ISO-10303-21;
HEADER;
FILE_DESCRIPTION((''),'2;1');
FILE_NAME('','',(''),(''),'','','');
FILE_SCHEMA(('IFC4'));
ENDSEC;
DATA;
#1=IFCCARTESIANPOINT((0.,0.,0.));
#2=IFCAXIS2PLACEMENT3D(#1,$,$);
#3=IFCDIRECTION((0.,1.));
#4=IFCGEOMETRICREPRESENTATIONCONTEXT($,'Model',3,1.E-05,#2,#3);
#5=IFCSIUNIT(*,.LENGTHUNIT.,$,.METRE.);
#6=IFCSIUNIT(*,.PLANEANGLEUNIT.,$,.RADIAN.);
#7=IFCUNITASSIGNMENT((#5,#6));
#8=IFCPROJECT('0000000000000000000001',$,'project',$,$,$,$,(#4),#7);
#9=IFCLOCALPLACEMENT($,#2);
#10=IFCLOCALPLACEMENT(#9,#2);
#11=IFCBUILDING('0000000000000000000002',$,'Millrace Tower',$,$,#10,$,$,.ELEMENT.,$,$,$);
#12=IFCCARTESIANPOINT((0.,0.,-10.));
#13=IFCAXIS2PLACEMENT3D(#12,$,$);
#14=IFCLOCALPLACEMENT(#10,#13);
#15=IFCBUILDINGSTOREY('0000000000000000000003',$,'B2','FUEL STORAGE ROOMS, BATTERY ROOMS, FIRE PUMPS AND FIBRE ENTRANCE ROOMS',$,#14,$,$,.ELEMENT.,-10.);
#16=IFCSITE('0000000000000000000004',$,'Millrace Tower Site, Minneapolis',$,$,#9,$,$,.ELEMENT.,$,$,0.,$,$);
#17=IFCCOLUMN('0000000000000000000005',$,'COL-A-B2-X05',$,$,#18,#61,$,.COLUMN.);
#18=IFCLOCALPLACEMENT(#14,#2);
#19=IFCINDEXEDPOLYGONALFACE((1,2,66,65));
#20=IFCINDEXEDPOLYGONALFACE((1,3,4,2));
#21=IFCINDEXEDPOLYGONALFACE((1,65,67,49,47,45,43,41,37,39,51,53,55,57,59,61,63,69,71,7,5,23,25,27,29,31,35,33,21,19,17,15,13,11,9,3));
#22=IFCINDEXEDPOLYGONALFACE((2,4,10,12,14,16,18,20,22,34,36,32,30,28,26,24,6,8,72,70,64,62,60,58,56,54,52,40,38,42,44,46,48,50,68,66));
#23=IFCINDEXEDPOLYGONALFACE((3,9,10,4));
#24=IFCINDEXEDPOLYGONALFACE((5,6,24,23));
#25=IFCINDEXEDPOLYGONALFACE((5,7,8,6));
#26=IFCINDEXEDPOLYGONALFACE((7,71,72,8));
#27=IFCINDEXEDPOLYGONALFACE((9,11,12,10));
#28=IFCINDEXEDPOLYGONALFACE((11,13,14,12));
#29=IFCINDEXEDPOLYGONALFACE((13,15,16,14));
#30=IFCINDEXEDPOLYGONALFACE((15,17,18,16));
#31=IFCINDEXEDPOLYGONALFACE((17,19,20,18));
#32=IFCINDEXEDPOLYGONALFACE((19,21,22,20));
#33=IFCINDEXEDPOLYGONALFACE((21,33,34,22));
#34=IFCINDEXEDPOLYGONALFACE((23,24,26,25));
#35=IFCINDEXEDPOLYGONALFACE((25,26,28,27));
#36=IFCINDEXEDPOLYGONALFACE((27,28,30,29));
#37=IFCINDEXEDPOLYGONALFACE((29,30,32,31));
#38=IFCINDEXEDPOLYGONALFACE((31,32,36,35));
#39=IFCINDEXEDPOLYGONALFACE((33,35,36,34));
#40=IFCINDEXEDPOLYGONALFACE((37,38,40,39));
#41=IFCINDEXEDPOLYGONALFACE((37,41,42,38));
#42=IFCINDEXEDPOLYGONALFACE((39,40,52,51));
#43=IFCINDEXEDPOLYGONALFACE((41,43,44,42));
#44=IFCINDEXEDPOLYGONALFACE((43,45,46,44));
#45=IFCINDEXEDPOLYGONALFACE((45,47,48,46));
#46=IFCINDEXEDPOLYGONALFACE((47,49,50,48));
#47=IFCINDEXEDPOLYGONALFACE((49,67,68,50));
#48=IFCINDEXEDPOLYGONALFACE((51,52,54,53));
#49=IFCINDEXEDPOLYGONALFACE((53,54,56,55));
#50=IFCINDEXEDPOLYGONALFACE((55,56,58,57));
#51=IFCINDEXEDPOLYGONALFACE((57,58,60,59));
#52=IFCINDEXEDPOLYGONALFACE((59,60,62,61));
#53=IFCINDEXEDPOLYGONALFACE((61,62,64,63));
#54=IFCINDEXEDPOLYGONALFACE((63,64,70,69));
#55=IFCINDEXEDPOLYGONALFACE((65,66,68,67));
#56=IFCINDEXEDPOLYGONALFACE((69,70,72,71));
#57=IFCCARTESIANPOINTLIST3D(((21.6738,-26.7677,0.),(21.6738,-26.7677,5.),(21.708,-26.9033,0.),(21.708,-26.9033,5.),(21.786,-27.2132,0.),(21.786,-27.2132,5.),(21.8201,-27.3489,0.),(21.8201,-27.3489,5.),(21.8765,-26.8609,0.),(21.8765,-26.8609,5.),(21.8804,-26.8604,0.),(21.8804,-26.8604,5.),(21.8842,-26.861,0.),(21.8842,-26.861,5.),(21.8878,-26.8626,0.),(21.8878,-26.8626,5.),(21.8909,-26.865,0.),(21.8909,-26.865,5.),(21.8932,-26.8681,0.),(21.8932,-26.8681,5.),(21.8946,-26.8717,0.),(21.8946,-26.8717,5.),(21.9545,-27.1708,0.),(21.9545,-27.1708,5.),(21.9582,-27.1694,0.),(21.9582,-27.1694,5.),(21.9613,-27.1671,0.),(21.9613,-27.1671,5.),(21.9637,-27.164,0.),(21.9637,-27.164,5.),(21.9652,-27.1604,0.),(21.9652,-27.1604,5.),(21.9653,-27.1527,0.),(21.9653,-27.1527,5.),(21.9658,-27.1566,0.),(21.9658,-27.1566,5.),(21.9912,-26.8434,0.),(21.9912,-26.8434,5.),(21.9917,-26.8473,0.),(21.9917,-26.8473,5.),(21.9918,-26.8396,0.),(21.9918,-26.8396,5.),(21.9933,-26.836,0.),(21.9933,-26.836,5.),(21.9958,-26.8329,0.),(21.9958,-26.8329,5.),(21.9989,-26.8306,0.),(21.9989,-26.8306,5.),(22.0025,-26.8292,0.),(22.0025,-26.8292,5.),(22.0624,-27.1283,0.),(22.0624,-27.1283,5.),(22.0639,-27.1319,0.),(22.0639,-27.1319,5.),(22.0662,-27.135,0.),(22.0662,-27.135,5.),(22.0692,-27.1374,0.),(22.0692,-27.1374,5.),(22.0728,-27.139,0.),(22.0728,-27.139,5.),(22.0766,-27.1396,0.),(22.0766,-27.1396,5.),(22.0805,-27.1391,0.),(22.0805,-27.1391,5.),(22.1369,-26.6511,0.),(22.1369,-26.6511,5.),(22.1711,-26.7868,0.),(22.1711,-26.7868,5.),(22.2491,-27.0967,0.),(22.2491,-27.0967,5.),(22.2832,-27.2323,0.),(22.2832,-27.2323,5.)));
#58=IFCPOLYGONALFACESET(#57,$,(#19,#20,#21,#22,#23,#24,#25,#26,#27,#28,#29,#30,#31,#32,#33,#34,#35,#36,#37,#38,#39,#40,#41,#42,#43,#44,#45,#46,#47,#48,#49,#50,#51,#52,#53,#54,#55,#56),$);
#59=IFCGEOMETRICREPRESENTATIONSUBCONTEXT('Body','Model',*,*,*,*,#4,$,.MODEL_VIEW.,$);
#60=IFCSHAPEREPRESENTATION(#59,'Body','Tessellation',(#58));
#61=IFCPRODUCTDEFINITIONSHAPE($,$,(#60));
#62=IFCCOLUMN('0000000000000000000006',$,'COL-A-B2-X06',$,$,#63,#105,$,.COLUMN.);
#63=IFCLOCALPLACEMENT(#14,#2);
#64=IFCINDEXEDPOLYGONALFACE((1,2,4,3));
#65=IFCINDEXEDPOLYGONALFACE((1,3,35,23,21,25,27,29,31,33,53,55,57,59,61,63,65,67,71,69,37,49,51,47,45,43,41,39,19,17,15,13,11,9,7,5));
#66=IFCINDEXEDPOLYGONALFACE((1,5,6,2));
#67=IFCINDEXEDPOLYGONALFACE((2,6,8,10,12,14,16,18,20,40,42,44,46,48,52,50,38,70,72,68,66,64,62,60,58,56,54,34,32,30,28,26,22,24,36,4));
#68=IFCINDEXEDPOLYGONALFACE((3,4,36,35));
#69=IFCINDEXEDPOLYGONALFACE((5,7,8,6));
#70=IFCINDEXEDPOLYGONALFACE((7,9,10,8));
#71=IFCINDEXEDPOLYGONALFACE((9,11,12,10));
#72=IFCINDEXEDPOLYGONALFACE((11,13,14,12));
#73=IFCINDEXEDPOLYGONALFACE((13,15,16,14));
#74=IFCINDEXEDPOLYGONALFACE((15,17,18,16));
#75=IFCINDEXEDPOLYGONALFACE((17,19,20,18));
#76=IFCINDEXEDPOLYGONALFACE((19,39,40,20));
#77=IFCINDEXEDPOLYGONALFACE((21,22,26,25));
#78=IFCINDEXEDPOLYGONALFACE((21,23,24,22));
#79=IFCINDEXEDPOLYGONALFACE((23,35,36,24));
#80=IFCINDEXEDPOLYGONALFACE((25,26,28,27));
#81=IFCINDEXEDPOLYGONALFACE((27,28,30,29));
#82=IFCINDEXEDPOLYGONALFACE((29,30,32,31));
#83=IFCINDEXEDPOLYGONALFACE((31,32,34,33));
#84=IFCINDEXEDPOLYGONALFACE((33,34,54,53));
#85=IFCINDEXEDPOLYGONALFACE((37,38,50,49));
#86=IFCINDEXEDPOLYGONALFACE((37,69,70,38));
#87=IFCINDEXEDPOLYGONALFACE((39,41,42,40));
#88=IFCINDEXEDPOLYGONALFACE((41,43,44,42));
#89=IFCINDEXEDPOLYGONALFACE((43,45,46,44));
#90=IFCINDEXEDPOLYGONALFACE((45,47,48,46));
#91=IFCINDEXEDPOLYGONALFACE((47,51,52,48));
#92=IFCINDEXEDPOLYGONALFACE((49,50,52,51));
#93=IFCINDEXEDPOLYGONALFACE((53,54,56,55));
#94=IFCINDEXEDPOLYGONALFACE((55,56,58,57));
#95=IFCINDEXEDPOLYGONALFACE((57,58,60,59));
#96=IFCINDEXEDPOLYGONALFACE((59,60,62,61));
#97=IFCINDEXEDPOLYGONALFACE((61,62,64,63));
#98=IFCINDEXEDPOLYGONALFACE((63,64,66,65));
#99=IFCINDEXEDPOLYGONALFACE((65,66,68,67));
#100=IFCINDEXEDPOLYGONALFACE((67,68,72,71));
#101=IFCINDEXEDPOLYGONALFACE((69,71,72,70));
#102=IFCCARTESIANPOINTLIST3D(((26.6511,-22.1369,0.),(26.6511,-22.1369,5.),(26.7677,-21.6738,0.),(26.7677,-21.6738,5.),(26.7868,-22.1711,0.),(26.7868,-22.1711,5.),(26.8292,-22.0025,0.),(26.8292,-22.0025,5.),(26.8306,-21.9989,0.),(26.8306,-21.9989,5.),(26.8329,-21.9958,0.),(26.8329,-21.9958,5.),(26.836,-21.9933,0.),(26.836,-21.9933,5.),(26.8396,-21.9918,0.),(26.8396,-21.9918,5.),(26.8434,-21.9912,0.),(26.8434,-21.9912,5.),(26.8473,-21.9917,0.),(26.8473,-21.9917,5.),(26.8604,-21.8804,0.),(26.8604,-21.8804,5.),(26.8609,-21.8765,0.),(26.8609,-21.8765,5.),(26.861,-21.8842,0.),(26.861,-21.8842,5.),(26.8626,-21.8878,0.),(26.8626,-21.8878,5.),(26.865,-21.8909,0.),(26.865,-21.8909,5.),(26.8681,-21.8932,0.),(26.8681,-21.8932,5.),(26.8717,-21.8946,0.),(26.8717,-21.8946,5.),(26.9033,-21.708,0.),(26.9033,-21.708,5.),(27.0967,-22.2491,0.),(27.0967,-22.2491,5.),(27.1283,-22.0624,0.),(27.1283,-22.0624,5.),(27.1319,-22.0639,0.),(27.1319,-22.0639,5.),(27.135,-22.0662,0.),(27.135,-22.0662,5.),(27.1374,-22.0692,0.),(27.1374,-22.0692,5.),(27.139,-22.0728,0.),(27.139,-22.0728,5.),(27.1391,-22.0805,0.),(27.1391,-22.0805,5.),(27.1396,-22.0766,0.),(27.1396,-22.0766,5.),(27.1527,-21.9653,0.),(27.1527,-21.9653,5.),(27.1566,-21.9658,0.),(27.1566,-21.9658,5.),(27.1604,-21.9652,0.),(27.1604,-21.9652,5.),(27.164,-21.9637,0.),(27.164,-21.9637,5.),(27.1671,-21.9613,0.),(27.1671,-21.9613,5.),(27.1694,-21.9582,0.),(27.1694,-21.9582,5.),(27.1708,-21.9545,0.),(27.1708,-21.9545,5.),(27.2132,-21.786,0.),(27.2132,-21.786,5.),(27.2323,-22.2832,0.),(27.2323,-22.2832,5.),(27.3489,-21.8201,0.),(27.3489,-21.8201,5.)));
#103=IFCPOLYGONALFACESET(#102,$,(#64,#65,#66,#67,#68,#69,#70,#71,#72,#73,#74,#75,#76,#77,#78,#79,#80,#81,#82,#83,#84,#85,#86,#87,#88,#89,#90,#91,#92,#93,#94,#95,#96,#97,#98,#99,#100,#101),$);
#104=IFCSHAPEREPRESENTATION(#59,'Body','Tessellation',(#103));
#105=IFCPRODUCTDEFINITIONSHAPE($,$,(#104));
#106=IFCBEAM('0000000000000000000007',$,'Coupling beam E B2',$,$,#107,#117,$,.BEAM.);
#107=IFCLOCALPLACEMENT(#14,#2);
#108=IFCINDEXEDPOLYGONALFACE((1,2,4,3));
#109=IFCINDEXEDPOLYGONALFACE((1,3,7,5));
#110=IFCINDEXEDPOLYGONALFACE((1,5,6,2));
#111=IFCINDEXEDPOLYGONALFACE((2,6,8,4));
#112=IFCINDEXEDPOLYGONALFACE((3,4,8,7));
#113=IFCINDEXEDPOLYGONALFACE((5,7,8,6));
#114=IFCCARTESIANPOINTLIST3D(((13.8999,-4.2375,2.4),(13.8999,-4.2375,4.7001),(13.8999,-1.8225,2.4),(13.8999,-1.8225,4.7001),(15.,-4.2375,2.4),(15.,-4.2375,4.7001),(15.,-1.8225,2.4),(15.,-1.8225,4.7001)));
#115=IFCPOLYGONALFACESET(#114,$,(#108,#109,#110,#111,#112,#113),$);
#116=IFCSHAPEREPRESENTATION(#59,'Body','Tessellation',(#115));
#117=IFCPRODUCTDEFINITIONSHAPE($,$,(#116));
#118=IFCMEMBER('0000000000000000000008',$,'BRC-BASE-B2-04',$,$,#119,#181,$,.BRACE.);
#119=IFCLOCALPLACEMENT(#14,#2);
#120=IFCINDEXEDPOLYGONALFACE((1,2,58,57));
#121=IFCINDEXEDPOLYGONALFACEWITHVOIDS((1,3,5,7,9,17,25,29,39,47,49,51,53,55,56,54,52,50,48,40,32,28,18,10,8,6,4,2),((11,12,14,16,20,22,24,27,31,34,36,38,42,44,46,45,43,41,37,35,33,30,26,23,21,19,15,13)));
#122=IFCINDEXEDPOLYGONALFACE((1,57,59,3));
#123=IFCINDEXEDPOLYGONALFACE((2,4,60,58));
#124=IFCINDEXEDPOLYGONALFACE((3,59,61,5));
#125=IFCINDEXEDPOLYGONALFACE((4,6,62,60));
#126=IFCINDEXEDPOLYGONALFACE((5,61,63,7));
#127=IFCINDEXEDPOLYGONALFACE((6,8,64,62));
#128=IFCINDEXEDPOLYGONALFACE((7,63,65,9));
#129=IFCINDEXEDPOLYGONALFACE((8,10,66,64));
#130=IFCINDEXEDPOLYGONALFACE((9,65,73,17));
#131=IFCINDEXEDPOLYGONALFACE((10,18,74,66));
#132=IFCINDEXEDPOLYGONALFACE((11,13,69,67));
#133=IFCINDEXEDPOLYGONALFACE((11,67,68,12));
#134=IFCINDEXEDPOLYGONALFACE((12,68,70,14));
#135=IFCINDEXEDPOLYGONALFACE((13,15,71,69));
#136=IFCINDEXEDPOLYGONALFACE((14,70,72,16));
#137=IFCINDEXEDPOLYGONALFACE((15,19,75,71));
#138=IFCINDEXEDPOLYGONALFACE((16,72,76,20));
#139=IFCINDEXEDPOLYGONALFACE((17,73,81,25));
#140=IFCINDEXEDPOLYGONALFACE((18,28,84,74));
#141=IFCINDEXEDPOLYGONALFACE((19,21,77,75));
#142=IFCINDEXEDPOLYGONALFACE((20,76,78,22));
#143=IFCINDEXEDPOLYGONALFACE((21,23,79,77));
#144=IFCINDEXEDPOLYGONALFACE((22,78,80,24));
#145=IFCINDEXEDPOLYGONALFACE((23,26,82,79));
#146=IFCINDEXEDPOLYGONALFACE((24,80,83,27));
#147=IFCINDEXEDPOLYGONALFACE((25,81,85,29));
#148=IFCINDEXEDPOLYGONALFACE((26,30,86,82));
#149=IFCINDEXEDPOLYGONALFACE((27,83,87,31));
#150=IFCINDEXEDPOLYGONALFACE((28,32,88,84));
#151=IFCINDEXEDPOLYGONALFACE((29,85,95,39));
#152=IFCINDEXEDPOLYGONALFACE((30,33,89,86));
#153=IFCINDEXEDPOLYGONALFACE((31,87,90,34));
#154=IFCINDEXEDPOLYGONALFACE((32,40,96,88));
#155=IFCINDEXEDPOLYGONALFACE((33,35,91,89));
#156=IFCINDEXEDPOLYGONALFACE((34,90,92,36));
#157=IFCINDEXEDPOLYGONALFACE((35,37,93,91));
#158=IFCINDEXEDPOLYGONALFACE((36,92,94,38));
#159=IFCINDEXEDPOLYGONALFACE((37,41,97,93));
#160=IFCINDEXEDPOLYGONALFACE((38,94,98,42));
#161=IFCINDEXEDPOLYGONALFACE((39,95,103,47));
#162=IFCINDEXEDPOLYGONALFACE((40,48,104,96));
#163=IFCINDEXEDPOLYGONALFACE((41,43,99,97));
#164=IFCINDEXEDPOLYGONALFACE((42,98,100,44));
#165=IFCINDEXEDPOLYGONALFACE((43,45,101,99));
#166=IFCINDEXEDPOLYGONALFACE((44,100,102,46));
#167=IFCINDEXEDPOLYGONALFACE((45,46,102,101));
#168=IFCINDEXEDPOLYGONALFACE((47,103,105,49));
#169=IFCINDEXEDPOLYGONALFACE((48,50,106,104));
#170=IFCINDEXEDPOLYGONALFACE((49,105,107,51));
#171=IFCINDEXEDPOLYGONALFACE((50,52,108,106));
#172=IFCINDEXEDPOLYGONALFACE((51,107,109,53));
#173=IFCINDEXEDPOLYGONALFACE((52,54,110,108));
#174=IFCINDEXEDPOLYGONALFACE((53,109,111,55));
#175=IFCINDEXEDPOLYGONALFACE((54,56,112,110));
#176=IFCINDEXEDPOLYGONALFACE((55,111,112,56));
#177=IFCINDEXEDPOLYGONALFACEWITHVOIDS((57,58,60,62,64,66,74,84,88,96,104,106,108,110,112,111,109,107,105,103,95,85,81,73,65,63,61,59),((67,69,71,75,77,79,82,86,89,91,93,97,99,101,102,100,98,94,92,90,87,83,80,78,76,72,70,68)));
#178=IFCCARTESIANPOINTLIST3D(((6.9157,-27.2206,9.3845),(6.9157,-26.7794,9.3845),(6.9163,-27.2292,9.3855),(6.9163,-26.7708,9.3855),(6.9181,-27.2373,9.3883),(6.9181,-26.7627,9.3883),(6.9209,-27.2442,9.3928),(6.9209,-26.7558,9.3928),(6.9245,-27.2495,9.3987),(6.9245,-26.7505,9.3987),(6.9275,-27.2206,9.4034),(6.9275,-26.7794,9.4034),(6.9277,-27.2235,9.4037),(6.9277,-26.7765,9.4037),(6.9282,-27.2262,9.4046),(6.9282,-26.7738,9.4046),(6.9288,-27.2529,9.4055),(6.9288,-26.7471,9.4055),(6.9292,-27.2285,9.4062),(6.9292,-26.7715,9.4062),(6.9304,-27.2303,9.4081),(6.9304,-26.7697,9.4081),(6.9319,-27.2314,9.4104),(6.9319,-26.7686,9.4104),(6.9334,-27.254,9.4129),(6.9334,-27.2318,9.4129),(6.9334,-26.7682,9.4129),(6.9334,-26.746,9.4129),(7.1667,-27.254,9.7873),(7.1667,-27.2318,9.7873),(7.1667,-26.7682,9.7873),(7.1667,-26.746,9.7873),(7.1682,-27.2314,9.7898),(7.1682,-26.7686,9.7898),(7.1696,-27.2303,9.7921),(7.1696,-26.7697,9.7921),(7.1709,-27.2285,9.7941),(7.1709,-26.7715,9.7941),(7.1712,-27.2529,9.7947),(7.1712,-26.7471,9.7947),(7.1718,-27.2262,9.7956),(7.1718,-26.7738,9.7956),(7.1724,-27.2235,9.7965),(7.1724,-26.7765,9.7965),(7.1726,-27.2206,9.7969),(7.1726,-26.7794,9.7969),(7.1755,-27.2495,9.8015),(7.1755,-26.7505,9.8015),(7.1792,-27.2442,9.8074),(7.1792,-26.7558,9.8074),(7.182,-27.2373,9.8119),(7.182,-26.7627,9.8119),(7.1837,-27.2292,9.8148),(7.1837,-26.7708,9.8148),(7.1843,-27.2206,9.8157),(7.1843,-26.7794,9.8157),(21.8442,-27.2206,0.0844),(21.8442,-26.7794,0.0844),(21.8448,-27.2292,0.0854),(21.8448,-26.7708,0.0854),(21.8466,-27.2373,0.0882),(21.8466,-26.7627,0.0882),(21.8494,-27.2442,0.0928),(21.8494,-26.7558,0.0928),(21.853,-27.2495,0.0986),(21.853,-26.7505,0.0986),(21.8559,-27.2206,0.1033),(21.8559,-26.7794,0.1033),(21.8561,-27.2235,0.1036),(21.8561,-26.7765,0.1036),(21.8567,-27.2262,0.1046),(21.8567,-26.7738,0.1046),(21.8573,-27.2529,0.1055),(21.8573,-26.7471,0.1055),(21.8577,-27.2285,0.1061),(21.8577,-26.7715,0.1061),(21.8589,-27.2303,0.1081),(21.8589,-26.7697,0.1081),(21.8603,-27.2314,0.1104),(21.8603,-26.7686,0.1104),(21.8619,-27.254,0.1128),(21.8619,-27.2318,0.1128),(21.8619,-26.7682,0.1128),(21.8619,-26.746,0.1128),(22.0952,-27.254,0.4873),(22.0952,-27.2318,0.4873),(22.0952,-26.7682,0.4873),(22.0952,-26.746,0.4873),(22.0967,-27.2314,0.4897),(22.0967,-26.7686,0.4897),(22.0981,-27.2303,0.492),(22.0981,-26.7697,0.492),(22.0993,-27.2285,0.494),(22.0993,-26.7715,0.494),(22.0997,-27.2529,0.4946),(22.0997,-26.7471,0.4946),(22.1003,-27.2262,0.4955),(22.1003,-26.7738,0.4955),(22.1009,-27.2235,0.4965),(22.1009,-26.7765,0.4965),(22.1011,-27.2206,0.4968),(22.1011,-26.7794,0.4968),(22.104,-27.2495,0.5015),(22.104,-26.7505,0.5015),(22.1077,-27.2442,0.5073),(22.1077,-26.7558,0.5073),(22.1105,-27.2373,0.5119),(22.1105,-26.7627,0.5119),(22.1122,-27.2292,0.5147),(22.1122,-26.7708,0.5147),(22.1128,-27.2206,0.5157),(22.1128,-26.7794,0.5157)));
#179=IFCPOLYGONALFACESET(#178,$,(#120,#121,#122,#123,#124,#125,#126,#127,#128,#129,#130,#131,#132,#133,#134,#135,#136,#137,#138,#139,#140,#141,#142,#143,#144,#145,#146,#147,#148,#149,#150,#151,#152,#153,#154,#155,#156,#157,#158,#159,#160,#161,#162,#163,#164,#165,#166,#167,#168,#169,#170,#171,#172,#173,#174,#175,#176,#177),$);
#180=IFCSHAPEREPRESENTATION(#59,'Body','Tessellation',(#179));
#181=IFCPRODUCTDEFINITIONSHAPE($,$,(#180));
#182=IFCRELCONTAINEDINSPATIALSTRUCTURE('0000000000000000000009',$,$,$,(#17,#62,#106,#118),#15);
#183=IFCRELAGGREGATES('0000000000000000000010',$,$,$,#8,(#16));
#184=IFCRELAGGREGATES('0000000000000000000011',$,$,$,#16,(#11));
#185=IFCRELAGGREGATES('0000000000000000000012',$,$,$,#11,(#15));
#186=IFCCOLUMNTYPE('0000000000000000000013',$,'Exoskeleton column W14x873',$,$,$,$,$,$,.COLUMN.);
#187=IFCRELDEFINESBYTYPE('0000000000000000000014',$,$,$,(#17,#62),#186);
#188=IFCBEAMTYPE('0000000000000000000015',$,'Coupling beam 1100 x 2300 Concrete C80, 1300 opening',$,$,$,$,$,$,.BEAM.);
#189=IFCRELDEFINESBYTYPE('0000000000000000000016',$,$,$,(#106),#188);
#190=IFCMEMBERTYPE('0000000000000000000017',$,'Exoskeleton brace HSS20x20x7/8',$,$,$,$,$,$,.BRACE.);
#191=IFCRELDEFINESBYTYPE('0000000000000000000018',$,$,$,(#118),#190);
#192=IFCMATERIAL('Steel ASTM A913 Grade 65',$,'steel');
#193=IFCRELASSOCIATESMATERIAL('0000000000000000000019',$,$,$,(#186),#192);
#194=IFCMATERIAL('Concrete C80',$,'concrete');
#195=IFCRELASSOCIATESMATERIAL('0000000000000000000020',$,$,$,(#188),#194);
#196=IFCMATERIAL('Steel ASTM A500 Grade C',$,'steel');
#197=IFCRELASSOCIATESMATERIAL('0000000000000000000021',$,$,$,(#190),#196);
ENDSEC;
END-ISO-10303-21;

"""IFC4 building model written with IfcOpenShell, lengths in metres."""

from ifc_helpers import new_model, si_unit, direction, frame, origin, origin_2d, place, context, subcontext, project, spatial, rectangle, hollow_rectangle, i_section, extrude, material, material_profile, profile_set, type_object, element, save


model = new_model("IFC4")

# Units and contexts
model_context = context("Model", 3, precision=1e-05, world=origin(), true_north=direction((0.0, 1.0)))
body_context = subcontext(model_context, "Body", "Model", "MODEL_VIEW")
ifc_project = project(units=[si_unit("LENGTHUNIT", "METRE"), si_unit("PLANEANGLEUNIT", "RADIAN")], contexts=[model_context])

# Site, building, storey
site_placement = place(None, origin())
site = spatial("IfcSite", under=ifc_project, at=site_placement, Name="Millrace Tower Site, Minneapolis", CompositionType="ELEMENT", RefElevation=0.0)
building_placement = place(site_placement, origin())
building = spatial("IfcBuilding", under=site, at=building_placement, Name="Millrace Tower", CompositionType="ELEMENT")
storey_placement = place(building_placement, frame((0.0, 0.0, -10.0)))
storey = spatial("IfcBuildingStorey", under=building, at=storey_placement, Name="B2", Description="FUEL STORAGE ROOMS, BATTERY ROOMS, FIRE PUMPS AND FIBRE ENTRANCE ROOMS", CompositionType="ELEMENT", Elevation=-10.0)

# Columns
ifc_material_1 = material(Name="Steel ASTM A913 Grade 65", Category="steel")
ifc_material_profile_1 = material_profile(ifc_material_1, i_section(OverallWidth=0.4775, OverallDepth=0.5994, WebThickness=0.1001, FlangeThickness=0.1399, FilletRadius=0.0149, at=origin_2d()))
ifc_profile_set_1 = profile_set([ifc_material_profile_1], Name="Steel ASTM A913 Grade 65")
column_type_1 = type_object("IfcColumnType", Name="Exoskeleton column W14x873", PredefinedType="COLUMN", material=ifc_profile_set_1)
for number, where, z_axis, x_axis, name in (
    (1, (21.9785, -27.0, 0.0), (0.0, 0.0, 1.0), (0.969752, 0.244094, 0.0), "COL-A-B2-X05"),
    (2, (27.0, -21.9785, 0.0), (0.0, 0.0, 1.0), (0.244094, 0.969752, 0.0), "COL-A-B2-X06"),
):
    element("IfcColumn", number, at=place(storey_placement, frame(where, z_axis=z_axis, x_axis=x_axis)), inside=storey, type_object=column_type_1, Name=name, PredefinedType="COLUMN", context=body_context, shape_type="SweptSolid", body=[
        extrude(i_section(OverallWidth=0.4775, OverallDepth=0.5994, WebThickness=0.1001, FlangeThickness=0.1399, FilletRadius=0.0149, at=origin_2d()), origin(), (0.0, 0.0, 1.0), 5.0),
    ])

# Beam
ifc_material_2 = material(Name="Concrete C80", Category="concrete")
ifc_material_profile_2 = material_profile(ifc_material_2, rectangle(XDim=1.1001, YDim=2.3, at=origin_2d()))
ifc_profile_set_2 = profile_set([ifc_material_profile_2], Name="Concrete C80")
beam_type = type_object("IfcBeamType", Name="Coupling beam 1100 x 2300 Concrete C80, 1300 opening", PredefinedType="BEAM", material=ifc_profile_set_2)
beam_placement = place(storey_placement, frame((14.45, -1.8225, 3.55), z_axis=(0.0, -1.0, 0.0), x_axis=(1.0, 0.0, 0.0)))
element("IfcBeam", 3, at=beam_placement, inside=storey, type_object=beam_type, Name="Coupling beam E B2", PredefinedType="BEAM", context=body_context, shape_type="SweptSolid", body=[
    extrude(rectangle(XDim=1.1001, YDim=2.3, at=origin_2d()), origin(), (0.0, 0.0, 1.0), 2.415),
])

# Member
ifc_material_3 = material(Name="Steel ASTM A500 Grade C", Category="steel")
ifc_material_profile_3 = material_profile(ifc_material_3, hollow_rectangle(XDim=0.5081, YDim=0.5081, WallThickness=0.0222, InnerFilletRadius=0.0112, OuterFilletRadius=0.0334, at=origin_2d()))
ifc_profile_set_3 = profile_set([ifc_material_profile_3], Name="Steel ASTM A500 Grade C")
member_type = type_object("IfcMemberType", Name="Exoskeleton brace HSS20x20x7/8", PredefinedType="BRACE", material=ifc_profile_set_3)
member_1_placement = place(storey_placement, frame((21.9785, -27.0, 0.3), z_axis=(-0.84877, 0.0, 0.528762), x_axis=(0.0, -1.0, 0.0)))
element("IfcMember", 4, at=member_1_placement, inside=storey, type_object=member_type, Name="BRC-BASE-B2-04", PredefinedType="BRACE", context=body_context, shape_type="SweptSolid", body=[
    extrude(hollow_rectangle(XDim=0.5081, YDim=0.5081, WallThickness=0.0222, InnerFilletRadius=0.0112, OuterFilletRadius=0.0334, at=origin_2d()), origin(), (0.0, 0.0, 1.0), 17.5884),
])

save(model, "model.ifc")
